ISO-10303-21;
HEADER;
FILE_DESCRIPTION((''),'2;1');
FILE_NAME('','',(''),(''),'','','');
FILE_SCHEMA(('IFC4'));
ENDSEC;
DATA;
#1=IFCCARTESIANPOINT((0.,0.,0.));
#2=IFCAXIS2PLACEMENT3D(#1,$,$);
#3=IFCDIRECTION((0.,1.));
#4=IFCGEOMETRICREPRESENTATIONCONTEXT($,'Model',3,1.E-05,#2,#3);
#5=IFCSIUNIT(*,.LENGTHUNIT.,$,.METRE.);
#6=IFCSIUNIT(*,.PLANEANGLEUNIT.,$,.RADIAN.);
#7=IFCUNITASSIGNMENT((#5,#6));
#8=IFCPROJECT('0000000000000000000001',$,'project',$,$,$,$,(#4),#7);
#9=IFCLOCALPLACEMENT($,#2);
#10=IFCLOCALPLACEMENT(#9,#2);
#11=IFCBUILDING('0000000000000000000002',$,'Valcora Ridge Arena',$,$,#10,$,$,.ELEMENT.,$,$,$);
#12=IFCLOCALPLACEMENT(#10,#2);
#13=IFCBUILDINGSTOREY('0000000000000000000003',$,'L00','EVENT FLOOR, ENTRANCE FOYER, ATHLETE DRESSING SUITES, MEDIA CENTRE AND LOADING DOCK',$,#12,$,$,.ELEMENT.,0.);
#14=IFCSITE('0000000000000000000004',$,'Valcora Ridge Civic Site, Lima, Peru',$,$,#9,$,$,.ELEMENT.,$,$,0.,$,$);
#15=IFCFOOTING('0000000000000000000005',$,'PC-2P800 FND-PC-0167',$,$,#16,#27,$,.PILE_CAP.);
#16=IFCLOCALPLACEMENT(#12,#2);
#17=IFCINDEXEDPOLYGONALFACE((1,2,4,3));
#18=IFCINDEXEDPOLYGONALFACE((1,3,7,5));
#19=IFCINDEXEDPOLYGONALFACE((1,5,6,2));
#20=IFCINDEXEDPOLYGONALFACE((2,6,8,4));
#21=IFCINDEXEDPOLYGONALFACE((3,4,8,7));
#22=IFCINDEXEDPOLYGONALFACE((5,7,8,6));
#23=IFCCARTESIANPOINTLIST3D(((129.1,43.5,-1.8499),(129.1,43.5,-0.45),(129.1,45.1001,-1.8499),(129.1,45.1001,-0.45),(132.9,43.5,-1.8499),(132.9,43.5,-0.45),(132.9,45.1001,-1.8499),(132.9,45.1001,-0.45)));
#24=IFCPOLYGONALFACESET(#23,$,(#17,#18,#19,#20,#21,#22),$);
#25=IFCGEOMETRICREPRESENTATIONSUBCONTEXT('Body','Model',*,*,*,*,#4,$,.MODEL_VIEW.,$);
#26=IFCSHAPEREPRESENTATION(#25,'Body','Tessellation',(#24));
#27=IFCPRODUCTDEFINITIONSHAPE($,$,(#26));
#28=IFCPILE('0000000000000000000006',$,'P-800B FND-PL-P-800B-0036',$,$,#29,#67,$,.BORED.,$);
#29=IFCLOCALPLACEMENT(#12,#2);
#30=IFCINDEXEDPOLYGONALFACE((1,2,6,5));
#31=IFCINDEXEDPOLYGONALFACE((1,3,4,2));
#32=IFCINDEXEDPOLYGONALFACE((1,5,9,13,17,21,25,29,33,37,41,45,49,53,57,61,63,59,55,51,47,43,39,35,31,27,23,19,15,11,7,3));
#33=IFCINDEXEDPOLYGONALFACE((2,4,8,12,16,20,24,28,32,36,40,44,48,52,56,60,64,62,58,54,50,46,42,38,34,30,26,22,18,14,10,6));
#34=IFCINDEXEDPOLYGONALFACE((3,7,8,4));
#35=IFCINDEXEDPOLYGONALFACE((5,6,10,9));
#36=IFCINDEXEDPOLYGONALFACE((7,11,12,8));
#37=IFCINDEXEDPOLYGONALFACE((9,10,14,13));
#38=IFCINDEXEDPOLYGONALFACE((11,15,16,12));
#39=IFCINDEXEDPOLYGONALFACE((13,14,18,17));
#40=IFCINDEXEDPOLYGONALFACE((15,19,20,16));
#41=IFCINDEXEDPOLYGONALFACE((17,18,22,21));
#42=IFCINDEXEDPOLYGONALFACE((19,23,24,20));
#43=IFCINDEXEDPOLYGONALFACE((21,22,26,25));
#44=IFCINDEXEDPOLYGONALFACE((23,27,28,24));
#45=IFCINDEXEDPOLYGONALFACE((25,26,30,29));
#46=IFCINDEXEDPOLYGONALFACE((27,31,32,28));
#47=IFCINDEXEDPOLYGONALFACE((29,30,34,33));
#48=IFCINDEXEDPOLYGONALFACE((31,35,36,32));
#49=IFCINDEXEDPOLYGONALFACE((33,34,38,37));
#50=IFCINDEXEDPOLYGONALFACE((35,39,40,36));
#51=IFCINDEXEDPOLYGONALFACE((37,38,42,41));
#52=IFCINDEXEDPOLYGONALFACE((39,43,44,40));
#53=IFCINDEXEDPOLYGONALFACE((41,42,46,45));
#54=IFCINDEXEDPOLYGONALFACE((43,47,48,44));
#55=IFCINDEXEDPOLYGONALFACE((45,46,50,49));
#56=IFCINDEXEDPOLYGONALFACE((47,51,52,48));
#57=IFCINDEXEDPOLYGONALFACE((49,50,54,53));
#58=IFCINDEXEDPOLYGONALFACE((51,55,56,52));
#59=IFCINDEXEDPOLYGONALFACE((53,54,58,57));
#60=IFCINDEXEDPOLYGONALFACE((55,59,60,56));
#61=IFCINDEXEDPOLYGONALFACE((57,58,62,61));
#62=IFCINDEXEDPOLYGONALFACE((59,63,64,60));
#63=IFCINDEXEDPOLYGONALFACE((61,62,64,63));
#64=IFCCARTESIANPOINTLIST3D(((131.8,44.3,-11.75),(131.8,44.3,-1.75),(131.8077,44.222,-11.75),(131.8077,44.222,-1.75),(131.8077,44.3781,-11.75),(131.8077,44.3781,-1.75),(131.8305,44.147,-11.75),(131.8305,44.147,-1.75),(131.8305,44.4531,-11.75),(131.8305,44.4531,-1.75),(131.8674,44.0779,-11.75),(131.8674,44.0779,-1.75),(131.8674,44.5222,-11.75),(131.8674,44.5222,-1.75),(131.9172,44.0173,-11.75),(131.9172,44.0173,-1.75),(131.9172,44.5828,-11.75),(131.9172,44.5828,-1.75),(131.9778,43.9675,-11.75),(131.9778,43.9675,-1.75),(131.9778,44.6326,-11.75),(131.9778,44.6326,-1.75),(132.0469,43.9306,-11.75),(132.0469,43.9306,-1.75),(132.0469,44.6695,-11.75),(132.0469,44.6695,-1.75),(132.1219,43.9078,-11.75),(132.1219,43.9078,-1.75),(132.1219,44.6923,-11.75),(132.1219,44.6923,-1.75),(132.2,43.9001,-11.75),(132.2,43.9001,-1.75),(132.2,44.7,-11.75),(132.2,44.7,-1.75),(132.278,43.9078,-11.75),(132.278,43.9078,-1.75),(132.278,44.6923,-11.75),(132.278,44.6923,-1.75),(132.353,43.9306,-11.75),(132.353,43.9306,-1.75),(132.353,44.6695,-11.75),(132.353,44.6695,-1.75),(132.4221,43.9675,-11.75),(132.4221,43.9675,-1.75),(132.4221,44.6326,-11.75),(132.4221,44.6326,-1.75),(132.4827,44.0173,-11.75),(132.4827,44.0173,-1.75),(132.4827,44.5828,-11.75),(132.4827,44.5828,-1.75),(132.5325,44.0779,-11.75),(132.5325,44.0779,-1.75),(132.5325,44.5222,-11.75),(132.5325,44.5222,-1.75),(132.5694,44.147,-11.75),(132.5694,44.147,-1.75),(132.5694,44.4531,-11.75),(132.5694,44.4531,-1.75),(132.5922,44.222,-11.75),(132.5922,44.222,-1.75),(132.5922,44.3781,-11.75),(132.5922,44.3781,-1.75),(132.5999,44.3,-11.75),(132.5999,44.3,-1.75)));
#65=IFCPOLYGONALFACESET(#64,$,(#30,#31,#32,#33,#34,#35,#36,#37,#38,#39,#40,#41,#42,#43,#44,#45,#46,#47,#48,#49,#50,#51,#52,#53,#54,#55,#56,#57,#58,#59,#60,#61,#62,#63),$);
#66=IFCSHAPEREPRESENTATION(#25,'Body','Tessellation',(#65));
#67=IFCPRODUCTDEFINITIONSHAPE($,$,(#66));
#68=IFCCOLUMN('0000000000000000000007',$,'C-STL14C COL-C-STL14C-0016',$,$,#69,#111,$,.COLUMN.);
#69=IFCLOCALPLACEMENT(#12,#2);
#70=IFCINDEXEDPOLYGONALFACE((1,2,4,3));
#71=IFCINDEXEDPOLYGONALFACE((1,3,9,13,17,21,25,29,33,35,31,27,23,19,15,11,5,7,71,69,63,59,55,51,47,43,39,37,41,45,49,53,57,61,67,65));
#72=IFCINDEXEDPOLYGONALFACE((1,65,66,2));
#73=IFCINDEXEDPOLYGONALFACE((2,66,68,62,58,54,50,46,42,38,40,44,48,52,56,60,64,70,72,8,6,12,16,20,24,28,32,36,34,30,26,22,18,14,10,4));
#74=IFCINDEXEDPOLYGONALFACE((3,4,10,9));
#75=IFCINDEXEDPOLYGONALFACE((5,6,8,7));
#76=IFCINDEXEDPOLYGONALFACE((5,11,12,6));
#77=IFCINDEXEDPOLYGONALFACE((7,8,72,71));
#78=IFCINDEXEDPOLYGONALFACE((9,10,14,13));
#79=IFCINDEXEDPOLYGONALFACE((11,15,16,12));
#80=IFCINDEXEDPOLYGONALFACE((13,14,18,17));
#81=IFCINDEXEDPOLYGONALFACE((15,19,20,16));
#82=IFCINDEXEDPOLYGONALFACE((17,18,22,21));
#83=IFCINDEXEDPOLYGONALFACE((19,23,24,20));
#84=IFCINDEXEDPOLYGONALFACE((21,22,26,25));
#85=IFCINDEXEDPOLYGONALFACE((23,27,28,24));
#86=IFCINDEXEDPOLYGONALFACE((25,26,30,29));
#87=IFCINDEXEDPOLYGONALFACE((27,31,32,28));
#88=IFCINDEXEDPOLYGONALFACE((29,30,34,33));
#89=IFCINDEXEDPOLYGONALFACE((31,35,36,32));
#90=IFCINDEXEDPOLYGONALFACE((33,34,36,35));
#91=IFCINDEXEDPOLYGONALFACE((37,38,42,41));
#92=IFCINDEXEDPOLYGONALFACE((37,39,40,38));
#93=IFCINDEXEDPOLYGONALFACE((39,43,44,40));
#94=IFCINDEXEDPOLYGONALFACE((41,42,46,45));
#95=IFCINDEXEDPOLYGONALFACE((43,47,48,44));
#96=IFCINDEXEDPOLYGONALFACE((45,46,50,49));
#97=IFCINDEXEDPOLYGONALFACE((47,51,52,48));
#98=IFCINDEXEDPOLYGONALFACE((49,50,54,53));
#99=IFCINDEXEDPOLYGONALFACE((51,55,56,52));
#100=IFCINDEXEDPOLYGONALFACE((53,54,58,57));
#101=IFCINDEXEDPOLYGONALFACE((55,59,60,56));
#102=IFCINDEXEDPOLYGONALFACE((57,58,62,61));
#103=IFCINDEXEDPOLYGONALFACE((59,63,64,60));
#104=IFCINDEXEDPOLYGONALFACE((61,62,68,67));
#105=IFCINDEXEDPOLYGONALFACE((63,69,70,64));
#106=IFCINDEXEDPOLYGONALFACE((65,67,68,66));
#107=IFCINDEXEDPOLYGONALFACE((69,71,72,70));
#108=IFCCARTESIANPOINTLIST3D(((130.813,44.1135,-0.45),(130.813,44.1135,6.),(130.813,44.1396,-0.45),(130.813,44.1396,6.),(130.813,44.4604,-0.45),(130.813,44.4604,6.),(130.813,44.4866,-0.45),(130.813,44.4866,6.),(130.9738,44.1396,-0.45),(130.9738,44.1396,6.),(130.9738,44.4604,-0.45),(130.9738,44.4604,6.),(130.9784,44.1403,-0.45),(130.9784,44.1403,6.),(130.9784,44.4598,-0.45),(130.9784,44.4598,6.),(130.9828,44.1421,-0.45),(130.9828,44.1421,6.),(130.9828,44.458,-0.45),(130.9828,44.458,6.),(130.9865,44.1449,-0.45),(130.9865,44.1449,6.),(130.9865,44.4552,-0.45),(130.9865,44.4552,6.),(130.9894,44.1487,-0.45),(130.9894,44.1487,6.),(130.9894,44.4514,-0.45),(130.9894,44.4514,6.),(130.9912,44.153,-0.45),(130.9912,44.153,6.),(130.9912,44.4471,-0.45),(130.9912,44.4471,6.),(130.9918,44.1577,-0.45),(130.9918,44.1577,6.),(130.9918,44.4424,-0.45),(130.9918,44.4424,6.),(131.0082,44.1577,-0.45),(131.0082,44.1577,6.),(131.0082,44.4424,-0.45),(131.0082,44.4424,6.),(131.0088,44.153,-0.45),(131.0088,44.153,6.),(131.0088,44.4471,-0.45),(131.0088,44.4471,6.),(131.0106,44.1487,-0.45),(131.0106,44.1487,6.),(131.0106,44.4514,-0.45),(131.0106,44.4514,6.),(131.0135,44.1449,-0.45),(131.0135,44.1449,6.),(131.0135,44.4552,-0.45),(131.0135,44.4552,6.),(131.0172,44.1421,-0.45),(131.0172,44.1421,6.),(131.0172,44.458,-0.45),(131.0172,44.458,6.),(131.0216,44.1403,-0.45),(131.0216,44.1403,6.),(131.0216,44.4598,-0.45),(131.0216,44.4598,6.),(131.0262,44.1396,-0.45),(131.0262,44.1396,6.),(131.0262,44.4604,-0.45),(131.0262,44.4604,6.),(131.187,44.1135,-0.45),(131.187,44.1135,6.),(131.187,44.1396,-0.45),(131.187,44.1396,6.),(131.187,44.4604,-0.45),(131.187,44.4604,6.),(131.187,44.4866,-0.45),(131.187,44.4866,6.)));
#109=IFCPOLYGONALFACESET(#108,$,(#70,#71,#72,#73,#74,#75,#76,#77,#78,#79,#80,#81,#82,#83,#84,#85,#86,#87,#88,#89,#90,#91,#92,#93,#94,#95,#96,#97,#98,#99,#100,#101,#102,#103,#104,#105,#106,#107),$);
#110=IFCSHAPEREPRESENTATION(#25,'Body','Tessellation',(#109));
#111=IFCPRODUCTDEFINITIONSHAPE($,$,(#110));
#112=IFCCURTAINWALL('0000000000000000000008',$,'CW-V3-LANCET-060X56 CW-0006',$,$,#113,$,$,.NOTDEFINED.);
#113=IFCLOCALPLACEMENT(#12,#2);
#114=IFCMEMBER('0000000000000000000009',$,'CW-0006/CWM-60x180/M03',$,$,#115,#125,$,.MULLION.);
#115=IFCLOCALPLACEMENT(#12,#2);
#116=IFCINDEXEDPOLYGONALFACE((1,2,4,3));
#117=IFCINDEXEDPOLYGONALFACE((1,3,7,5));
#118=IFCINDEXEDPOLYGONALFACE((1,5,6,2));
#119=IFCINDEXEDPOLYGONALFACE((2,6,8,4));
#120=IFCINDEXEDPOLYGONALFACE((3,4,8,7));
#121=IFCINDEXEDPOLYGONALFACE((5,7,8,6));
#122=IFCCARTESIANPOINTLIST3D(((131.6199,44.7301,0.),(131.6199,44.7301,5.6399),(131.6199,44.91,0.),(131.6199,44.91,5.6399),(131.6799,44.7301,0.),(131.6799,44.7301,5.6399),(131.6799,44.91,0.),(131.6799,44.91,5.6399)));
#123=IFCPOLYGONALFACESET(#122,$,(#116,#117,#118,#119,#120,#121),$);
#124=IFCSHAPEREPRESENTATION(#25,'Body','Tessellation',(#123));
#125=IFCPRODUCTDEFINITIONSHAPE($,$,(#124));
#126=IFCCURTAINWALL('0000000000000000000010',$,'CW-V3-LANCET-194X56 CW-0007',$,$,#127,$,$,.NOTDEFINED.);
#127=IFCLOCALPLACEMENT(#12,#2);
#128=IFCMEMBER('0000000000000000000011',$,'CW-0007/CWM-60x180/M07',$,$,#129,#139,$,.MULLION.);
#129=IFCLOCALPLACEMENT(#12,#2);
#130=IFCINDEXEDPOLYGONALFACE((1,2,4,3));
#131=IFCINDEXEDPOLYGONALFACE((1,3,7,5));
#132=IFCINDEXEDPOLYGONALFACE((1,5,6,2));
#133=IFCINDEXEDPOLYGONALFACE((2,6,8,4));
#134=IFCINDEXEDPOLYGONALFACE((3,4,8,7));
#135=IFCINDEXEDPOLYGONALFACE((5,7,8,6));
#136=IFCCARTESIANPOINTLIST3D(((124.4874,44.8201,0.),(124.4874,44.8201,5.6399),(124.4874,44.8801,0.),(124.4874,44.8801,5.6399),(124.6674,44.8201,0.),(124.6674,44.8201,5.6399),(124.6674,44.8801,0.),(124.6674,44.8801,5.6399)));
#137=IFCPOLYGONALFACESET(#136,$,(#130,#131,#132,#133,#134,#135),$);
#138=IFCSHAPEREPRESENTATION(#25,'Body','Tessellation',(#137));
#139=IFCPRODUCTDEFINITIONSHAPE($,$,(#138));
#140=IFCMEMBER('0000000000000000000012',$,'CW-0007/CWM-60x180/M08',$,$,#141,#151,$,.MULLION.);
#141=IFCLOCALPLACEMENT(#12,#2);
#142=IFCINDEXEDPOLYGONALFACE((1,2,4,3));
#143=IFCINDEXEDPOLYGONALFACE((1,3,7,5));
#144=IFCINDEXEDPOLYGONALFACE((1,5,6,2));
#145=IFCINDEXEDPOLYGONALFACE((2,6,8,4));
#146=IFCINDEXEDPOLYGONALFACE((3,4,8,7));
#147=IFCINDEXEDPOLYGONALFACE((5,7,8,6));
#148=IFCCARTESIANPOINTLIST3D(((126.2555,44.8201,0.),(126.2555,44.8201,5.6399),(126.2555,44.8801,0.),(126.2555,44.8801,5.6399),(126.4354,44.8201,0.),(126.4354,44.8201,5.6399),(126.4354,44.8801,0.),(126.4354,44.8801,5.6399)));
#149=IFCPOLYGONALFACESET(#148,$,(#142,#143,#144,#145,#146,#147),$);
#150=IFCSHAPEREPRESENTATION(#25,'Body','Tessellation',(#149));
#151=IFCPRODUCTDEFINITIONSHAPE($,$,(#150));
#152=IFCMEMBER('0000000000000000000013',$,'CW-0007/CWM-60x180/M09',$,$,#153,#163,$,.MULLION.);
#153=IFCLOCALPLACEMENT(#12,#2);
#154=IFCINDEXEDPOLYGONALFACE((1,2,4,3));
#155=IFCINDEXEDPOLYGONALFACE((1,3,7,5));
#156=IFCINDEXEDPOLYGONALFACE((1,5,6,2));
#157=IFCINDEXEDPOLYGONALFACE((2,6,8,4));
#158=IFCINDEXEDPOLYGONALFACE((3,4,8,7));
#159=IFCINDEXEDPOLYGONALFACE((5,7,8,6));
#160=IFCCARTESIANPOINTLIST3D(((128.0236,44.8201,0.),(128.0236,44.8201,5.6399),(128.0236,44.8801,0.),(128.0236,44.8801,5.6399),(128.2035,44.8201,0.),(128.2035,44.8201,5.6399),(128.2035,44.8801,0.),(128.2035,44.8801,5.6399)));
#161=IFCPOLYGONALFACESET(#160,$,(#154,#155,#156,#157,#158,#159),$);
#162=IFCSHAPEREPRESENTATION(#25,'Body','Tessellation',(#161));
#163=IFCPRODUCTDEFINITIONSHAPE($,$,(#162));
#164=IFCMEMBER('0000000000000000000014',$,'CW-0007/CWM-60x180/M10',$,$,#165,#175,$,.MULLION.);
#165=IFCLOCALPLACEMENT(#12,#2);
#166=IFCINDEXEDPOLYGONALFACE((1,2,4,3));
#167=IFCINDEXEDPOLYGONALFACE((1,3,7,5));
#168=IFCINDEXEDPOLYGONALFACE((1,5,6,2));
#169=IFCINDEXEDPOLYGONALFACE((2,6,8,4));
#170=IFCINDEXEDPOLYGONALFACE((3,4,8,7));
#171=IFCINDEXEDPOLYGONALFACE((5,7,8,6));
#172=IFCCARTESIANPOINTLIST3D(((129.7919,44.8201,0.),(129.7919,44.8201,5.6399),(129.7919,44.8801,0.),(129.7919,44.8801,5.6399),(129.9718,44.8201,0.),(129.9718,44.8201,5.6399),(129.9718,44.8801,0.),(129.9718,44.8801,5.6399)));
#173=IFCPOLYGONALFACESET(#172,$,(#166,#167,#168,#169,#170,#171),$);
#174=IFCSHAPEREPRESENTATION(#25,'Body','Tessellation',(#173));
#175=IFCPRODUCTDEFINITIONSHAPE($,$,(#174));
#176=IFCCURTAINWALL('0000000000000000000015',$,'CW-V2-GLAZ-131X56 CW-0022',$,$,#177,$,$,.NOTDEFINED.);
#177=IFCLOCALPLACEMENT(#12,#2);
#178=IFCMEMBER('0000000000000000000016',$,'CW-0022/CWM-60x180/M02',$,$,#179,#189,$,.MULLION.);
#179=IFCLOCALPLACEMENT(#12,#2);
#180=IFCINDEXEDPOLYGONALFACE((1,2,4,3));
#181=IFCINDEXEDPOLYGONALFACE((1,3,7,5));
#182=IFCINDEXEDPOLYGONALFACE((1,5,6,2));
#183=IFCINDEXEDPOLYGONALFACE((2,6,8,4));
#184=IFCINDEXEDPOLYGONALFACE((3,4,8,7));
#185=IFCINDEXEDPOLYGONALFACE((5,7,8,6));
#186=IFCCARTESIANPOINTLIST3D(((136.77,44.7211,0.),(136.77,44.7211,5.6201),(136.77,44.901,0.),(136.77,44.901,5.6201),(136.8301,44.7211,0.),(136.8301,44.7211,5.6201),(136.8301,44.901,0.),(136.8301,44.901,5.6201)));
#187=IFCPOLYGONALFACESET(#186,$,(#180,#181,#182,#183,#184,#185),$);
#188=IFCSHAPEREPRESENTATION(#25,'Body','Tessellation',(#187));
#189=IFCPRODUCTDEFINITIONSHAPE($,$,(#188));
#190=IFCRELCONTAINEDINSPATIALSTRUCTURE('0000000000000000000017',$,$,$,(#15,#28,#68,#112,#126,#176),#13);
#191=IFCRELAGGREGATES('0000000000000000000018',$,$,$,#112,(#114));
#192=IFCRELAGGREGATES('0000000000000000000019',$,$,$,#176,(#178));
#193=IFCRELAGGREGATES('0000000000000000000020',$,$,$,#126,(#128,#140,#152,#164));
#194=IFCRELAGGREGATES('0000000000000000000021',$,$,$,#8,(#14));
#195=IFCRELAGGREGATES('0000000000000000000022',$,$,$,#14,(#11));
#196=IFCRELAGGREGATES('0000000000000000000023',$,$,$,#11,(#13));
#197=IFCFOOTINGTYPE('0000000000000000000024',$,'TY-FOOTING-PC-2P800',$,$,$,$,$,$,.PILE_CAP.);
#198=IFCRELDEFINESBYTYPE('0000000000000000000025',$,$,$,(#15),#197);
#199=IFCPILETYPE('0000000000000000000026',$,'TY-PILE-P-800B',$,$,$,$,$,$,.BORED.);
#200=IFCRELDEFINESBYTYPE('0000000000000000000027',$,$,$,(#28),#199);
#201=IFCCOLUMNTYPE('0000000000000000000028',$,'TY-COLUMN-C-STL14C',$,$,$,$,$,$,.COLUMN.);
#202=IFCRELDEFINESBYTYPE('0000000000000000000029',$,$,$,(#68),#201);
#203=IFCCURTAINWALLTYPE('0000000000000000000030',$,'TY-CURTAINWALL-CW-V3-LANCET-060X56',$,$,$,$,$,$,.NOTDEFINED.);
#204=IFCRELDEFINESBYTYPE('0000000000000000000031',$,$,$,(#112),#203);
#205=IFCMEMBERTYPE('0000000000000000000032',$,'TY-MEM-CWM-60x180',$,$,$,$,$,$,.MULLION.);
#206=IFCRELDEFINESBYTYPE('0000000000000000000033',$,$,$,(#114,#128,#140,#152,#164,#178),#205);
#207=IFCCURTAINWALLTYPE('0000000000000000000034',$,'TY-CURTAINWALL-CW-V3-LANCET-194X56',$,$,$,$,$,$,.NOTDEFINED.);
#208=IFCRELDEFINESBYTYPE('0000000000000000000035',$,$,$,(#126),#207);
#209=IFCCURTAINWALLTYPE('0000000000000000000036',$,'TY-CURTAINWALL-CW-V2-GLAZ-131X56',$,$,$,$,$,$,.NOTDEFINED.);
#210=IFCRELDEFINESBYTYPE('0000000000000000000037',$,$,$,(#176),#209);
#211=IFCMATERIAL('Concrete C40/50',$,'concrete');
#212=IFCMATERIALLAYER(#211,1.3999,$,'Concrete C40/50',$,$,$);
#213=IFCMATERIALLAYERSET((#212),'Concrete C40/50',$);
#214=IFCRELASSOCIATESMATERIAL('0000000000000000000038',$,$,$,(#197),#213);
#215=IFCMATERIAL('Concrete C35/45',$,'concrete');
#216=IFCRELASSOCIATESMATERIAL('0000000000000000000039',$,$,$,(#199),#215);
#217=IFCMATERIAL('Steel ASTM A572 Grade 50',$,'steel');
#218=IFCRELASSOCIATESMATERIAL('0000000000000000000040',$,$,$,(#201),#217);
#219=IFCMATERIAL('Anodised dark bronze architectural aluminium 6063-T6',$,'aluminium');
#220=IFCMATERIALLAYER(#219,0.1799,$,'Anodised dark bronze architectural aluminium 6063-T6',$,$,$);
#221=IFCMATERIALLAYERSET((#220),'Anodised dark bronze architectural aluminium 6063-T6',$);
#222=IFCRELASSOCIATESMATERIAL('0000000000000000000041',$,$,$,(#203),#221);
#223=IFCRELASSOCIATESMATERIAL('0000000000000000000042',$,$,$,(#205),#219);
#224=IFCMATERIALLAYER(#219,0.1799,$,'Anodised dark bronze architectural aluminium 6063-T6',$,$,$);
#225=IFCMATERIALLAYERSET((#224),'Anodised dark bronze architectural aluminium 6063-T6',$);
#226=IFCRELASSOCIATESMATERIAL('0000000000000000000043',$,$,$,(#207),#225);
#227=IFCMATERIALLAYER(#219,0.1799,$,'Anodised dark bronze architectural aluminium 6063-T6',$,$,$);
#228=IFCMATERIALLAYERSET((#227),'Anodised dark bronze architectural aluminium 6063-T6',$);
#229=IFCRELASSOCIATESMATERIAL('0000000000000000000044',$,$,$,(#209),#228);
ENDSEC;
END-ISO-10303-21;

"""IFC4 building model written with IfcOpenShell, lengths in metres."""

from ifc_helpers import new_model, si_unit, direction, frame, origin, origin_2d, place, context, subcontext, project, spatial, rectangle, circle, i_section, extrude, material, layer, layer_set, material_profile, profile_set, type_object, element, aggregate, save


model = new_model("IFC4")

# Units and contexts
model_context = context("Model", 3, precision=1e-05, world=origin(), true_north=direction((0.0, 1.0)))
body_context = subcontext(model_context, "Body", "Model", "MODEL_VIEW")
ifc_project = project(units=[si_unit("LENGTHUNIT", "METRE"), si_unit("PLANEANGLEUNIT", "RADIAN")], contexts=[model_context])

# Site, building, storey
site_placement = place(None, origin())
site = spatial("IfcSite", under=ifc_project, at=site_placement, Name="Valcora Ridge Civic Site, Lima, Peru", CompositionType="ELEMENT", RefElevation=0.0)
building_placement = place(site_placement, origin())
building = spatial("IfcBuilding", under=site, at=building_placement, Name="Valcora Ridge Arena", CompositionType="ELEMENT")
storey_placement = place(building_placement, origin())
storey = spatial("IfcBuildingStorey", under=building, at=storey_placement, Name="L00", Description="EVENT FLOOR, ENTRANCE FOYER, ATHLETE DRESSING SUITES, MEDIA CENTRE AND LOADING DOCK", CompositionType="ELEMENT", Elevation=0.0)

# Footing
ifc_material_1 = material(Name="Concrete C40/50", Category="concrete")
ifc_layer_1 = layer(ifc_material_1, 1.3999, Name="Concrete C40/50")
ifc_layer_set_1 = layer_set([ifc_layer_1], Name="Concrete C40/50")
footing_type = type_object("IfcFootingType", Name="TY-FOOTING-PC-2P800", PredefinedType="PILE_CAP", material=ifc_layer_set_1)
footing_placement = place(storey_placement, frame((131.0, 44.3, -1.8499), z_axis=(0.0, 0.0, 1.0), x_axis=(1.0, 0.0, 0.0)))
element("IfcFooting", 1, at=footing_placement, inside=storey, type_object=footing_type, Name="PC-2P800 FND-PC-0167", PredefinedType="PILE_CAP", context=body_context, shape_type="SweptSolid", body=[
    extrude(rectangle(XDim=3.8, YDim=1.6001, at=origin_2d()), origin(), (0.0, 0.0, 1.0), 1.3999),
])

# Pile
ifc_material_2 = material(Name="Concrete C35/45", Category="concrete")
ifc_material_profile_1 = material_profile(ifc_material_2, circle(Radius=0.3999, at=origin_2d()), Name="BORED PILE D800")
ifc_profile_set_1 = profile_set([ifc_material_profile_1], Name="Concrete C35/45")
pile_type = type_object("IfcPileType", Name="TY-PILE-P-800B", PredefinedType="BORED", material=ifc_profile_set_1)
pile_placement = place(storey_placement, frame((132.2, 44.3, -1.75), z_axis=(0.0, 0.0, -1.0), x_axis=(1.0, 0.0, 0.0)))
element("IfcPile", 2, at=pile_placement, inside=storey, type_object=pile_type, Name="P-800B FND-PL-P-800B-0036", PredefinedType="BORED", context=body_context, shape_type="SweptSolid", body=[
    extrude(circle(Radius=0.3999, at=origin_2d()), origin(), (0.0, 0.0, 1.0), 10.0),
])

# Column
ifc_material_3 = material(Name="Steel ASTM A572 Grade 50", Category="steel")
ifc_material_profile_2 = material_profile(ifc_material_3, i_section(OverallWidth=0.374, OverallDepth=0.373, WebThickness=0.0164, FlangeThickness=0.0261, FilletRadius=0.0181, at=origin_2d()), Name="W14X132")
ifc_profile_set_2 = profile_set([ifc_material_profile_2], Name="Steel ASTM A572 Grade 50")
column_type = type_object("IfcColumnType", Name="TY-COLUMN-C-STL14C", PredefinedType="COLUMN", material=ifc_profile_set_2)
column_placement = place(storey_placement, frame((131.0, 44.3, -0.45), z_axis=(0.0, 0.0, 1.0), x_axis=(1.0, 0.0, 0.0)))
element("IfcColumn", 3, at=column_placement, inside=storey, type_object=column_type, Name="C-STL14C COL-C-STL14C-0016", PredefinedType="COLUMN", context=body_context, shape_type="SweptSolid", body=[
    extrude(i_section(OverallWidth=0.374, OverallDepth=0.373, WebThickness=0.0164, FlangeThickness=0.0261, FilletRadius=0.0181, at=origin_2d()), origin(), (0.0, 0.0, 1.0), 6.45),
])

# Curtain wall, member
ifc_material_4 = material(Name="Anodised dark bronze architectural aluminium 6063-T6", Category="aluminium")
ifc_layer_2 = layer(ifc_material_4, 0.1799, Name="Anodised dark bronze architectural aluminium 6063-T6")
ifc_layer_set_2 = layer_set([ifc_layer_2], Name="Anodised dark bronze architectural aluminium 6063-T6")
curtain_wall_type_1 = type_object("IfcCurtainWallType", Name="TY-CURTAINWALL-CW-V3-LANCET-060X56", PredefinedType="NOTDEFINED", material=ifc_layer_set_2)
curtain_wall_1_placement = place(storey_placement, origin())
curtain_wall_1 = element("IfcCurtainWall", 4, at=curtain_wall_1_placement, inside=storey, type_object=curtain_wall_type_1, Name="CW-V3-LANCET-060X56 CW-0006", PredefinedType="NOTDEFINED")
ifc_material_profile_3 = material_profile(ifc_material_4, rectangle(XDim=0.0601, YDim=0.1799, at=origin_2d()), Name="ALU MULLION 60x180")
ifc_profile_set_3 = profile_set([ifc_material_profile_3], Name="Anodised dark bronze architectural aluminium 6063-T6")
member_type_1 = type_object("IfcMemberType", Name="TY-MEM-CWM-60x180", PredefinedType="MULLION", material=ifc_profile_set_3)
member_1_placement = place(storey_placement, frame((131.6499, 44.8201, 0.0), z_axis=(0.0, 0.0, 1.0), x_axis=(-1.0, 0.0, 0.0)))
member_1 = element("IfcMember", 5, at=member_1_placement, type_object=member_type_1, Name="CW-0006/CWM-60x180/M03", PredefinedType="MULLION", context=body_context, shape_type="SweptSolid", body=[
    extrude(rectangle(XDim=0.0601, YDim=0.1799, at=origin_2d()), origin(), (0.0, 0.0, 1.0), 5.6399),
])
aggregate(curtain_wall_1, [member_1])

# Curtain walls, members
ifc_layer_3 = layer(ifc_material_4, 0.1799, Name="Anodised dark bronze architectural aluminium 6063-T6")
ifc_layer_set_3 = layer_set([ifc_layer_3], Name="Anodised dark bronze architectural aluminium 6063-T6")
curtain_wall_type_2 = type_object("IfcCurtainWallType", Name="TY-CURTAINWALL-CW-V3-LANCET-194X56", PredefinedType="NOTDEFINED", material=ifc_layer_set_3)
curtain_wall_2_placement = place(storey_placement, origin())
curtain_wall_2 = element("IfcCurtainWall", 6, at=curtain_wall_2_placement, inside=storey, type_object=curtain_wall_type_2, Name="CW-V3-LANCET-194X56 CW-0007", PredefinedType="NOTDEFINED")
member_2_placement = place(storey_placement, frame((124.5774, 44.8501, 0.0), z_axis=(0.0, 0.0, 1.0), x_axis=(0.0, 1.0, 0.0)))
member_2 = element("IfcMember", 7, at=member_2_placement, type_object=member_type_1, Name="CW-0007/CWM-60x180/M07", PredefinedType="MULLION", context=body_context, shape_type="SweptSolid", body=[
    extrude(rectangle(XDim=0.0601, YDim=0.1799, at=origin_2d()), origin(), (0.0, 0.0, 1.0), 5.6399),
])
member_3_placement = place(storey_placement, frame((126.3455, 44.8501, 0.0), z_axis=(0.0, 0.0, 1.0), x_axis=(0.0, 1.0, 0.0)))
member_3 = element("IfcMember", 8, at=member_3_placement, type_object=member_type_1, Name="CW-0007/CWM-60x180/M08", PredefinedType="MULLION", context=body_context, shape_type="SweptSolid", body=[
    extrude(rectangle(XDim=0.0601, YDim=0.1799, at=origin_2d()), origin(), (0.0, 0.0, 1.0), 5.6399),
])
member_4_placement = place(storey_placement, frame((128.1135, 44.8501, 0.0), z_axis=(0.0, 0.0, 1.0), x_axis=(0.0, 1.0, 0.0)))
member_4 = element("IfcMember", 9, at=member_4_placement, type_object=member_type_1, Name="CW-0007/CWM-60x180/M09", PredefinedType="MULLION", context=body_context, shape_type="SweptSolid", body=[
    extrude(rectangle(XDim=0.0601, YDim=0.1799, at=origin_2d()), origin(), (0.0, 0.0, 1.0), 5.6399),
])
member_5_placement = place(storey_placement, frame((129.8818, 44.8501, 0.0), z_axis=(0.0, 0.0, 1.0), x_axis=(0.0, 1.0, 0.0)))
member_5 = element("IfcMember", 10, at=member_5_placement, type_object=member_type_1, Name="CW-0007/CWM-60x180/M10", PredefinedType="MULLION", context=body_context, shape_type="SweptSolid", body=[
    extrude(rectangle(XDim=0.0601, YDim=0.1799, at=origin_2d()), origin(), (0.0, 0.0, 1.0), 5.6399),
])
ifc_layer_4 = layer(ifc_material_4, 0.1799, Name="Anodised dark bronze architectural aluminium 6063-T6")
ifc_layer_set_4 = layer_set([ifc_layer_4], Name="Anodised dark bronze architectural aluminium 6063-T6")
curtain_wall_type_3 = type_object("IfcCurtainWallType", Name="TY-CURTAINWALL-CW-V2-GLAZ-131X56", PredefinedType="NOTDEFINED", material=ifc_layer_set_4)
curtain_wall_3_placement = place(storey_placement, origin())
curtain_wall_3 = element("IfcCurtainWall", 11, at=curtain_wall_3_placement, inside=storey, type_object=curtain_wall_type_3, Name="CW-V2-GLAZ-131X56 CW-0022", PredefinedType="NOTDEFINED")
member_6_placement = place(storey_placement, frame((136.8, 44.811, 0.0), z_axis=(0.0, 0.0, 1.0), x_axis=(-1.0, 0.0, 0.0)))
member_6 = element("IfcMember", 12, at=member_6_placement, type_object=member_type_1, Name="CW-0022/CWM-60x180/M02", PredefinedType="MULLION", context=body_context, shape_type="SweptSolid", body=[
    extrude(rectangle(XDim=0.0601, YDim=0.1799, at=origin_2d()), origin(), (0.0, 0.0, 1.0), 5.6201),
])
aggregate(curtain_wall_3, [member_6])

aggregate(curtain_wall_2, [member_2, member_3, member_4, member_5])

save(model, "model.ifc")
